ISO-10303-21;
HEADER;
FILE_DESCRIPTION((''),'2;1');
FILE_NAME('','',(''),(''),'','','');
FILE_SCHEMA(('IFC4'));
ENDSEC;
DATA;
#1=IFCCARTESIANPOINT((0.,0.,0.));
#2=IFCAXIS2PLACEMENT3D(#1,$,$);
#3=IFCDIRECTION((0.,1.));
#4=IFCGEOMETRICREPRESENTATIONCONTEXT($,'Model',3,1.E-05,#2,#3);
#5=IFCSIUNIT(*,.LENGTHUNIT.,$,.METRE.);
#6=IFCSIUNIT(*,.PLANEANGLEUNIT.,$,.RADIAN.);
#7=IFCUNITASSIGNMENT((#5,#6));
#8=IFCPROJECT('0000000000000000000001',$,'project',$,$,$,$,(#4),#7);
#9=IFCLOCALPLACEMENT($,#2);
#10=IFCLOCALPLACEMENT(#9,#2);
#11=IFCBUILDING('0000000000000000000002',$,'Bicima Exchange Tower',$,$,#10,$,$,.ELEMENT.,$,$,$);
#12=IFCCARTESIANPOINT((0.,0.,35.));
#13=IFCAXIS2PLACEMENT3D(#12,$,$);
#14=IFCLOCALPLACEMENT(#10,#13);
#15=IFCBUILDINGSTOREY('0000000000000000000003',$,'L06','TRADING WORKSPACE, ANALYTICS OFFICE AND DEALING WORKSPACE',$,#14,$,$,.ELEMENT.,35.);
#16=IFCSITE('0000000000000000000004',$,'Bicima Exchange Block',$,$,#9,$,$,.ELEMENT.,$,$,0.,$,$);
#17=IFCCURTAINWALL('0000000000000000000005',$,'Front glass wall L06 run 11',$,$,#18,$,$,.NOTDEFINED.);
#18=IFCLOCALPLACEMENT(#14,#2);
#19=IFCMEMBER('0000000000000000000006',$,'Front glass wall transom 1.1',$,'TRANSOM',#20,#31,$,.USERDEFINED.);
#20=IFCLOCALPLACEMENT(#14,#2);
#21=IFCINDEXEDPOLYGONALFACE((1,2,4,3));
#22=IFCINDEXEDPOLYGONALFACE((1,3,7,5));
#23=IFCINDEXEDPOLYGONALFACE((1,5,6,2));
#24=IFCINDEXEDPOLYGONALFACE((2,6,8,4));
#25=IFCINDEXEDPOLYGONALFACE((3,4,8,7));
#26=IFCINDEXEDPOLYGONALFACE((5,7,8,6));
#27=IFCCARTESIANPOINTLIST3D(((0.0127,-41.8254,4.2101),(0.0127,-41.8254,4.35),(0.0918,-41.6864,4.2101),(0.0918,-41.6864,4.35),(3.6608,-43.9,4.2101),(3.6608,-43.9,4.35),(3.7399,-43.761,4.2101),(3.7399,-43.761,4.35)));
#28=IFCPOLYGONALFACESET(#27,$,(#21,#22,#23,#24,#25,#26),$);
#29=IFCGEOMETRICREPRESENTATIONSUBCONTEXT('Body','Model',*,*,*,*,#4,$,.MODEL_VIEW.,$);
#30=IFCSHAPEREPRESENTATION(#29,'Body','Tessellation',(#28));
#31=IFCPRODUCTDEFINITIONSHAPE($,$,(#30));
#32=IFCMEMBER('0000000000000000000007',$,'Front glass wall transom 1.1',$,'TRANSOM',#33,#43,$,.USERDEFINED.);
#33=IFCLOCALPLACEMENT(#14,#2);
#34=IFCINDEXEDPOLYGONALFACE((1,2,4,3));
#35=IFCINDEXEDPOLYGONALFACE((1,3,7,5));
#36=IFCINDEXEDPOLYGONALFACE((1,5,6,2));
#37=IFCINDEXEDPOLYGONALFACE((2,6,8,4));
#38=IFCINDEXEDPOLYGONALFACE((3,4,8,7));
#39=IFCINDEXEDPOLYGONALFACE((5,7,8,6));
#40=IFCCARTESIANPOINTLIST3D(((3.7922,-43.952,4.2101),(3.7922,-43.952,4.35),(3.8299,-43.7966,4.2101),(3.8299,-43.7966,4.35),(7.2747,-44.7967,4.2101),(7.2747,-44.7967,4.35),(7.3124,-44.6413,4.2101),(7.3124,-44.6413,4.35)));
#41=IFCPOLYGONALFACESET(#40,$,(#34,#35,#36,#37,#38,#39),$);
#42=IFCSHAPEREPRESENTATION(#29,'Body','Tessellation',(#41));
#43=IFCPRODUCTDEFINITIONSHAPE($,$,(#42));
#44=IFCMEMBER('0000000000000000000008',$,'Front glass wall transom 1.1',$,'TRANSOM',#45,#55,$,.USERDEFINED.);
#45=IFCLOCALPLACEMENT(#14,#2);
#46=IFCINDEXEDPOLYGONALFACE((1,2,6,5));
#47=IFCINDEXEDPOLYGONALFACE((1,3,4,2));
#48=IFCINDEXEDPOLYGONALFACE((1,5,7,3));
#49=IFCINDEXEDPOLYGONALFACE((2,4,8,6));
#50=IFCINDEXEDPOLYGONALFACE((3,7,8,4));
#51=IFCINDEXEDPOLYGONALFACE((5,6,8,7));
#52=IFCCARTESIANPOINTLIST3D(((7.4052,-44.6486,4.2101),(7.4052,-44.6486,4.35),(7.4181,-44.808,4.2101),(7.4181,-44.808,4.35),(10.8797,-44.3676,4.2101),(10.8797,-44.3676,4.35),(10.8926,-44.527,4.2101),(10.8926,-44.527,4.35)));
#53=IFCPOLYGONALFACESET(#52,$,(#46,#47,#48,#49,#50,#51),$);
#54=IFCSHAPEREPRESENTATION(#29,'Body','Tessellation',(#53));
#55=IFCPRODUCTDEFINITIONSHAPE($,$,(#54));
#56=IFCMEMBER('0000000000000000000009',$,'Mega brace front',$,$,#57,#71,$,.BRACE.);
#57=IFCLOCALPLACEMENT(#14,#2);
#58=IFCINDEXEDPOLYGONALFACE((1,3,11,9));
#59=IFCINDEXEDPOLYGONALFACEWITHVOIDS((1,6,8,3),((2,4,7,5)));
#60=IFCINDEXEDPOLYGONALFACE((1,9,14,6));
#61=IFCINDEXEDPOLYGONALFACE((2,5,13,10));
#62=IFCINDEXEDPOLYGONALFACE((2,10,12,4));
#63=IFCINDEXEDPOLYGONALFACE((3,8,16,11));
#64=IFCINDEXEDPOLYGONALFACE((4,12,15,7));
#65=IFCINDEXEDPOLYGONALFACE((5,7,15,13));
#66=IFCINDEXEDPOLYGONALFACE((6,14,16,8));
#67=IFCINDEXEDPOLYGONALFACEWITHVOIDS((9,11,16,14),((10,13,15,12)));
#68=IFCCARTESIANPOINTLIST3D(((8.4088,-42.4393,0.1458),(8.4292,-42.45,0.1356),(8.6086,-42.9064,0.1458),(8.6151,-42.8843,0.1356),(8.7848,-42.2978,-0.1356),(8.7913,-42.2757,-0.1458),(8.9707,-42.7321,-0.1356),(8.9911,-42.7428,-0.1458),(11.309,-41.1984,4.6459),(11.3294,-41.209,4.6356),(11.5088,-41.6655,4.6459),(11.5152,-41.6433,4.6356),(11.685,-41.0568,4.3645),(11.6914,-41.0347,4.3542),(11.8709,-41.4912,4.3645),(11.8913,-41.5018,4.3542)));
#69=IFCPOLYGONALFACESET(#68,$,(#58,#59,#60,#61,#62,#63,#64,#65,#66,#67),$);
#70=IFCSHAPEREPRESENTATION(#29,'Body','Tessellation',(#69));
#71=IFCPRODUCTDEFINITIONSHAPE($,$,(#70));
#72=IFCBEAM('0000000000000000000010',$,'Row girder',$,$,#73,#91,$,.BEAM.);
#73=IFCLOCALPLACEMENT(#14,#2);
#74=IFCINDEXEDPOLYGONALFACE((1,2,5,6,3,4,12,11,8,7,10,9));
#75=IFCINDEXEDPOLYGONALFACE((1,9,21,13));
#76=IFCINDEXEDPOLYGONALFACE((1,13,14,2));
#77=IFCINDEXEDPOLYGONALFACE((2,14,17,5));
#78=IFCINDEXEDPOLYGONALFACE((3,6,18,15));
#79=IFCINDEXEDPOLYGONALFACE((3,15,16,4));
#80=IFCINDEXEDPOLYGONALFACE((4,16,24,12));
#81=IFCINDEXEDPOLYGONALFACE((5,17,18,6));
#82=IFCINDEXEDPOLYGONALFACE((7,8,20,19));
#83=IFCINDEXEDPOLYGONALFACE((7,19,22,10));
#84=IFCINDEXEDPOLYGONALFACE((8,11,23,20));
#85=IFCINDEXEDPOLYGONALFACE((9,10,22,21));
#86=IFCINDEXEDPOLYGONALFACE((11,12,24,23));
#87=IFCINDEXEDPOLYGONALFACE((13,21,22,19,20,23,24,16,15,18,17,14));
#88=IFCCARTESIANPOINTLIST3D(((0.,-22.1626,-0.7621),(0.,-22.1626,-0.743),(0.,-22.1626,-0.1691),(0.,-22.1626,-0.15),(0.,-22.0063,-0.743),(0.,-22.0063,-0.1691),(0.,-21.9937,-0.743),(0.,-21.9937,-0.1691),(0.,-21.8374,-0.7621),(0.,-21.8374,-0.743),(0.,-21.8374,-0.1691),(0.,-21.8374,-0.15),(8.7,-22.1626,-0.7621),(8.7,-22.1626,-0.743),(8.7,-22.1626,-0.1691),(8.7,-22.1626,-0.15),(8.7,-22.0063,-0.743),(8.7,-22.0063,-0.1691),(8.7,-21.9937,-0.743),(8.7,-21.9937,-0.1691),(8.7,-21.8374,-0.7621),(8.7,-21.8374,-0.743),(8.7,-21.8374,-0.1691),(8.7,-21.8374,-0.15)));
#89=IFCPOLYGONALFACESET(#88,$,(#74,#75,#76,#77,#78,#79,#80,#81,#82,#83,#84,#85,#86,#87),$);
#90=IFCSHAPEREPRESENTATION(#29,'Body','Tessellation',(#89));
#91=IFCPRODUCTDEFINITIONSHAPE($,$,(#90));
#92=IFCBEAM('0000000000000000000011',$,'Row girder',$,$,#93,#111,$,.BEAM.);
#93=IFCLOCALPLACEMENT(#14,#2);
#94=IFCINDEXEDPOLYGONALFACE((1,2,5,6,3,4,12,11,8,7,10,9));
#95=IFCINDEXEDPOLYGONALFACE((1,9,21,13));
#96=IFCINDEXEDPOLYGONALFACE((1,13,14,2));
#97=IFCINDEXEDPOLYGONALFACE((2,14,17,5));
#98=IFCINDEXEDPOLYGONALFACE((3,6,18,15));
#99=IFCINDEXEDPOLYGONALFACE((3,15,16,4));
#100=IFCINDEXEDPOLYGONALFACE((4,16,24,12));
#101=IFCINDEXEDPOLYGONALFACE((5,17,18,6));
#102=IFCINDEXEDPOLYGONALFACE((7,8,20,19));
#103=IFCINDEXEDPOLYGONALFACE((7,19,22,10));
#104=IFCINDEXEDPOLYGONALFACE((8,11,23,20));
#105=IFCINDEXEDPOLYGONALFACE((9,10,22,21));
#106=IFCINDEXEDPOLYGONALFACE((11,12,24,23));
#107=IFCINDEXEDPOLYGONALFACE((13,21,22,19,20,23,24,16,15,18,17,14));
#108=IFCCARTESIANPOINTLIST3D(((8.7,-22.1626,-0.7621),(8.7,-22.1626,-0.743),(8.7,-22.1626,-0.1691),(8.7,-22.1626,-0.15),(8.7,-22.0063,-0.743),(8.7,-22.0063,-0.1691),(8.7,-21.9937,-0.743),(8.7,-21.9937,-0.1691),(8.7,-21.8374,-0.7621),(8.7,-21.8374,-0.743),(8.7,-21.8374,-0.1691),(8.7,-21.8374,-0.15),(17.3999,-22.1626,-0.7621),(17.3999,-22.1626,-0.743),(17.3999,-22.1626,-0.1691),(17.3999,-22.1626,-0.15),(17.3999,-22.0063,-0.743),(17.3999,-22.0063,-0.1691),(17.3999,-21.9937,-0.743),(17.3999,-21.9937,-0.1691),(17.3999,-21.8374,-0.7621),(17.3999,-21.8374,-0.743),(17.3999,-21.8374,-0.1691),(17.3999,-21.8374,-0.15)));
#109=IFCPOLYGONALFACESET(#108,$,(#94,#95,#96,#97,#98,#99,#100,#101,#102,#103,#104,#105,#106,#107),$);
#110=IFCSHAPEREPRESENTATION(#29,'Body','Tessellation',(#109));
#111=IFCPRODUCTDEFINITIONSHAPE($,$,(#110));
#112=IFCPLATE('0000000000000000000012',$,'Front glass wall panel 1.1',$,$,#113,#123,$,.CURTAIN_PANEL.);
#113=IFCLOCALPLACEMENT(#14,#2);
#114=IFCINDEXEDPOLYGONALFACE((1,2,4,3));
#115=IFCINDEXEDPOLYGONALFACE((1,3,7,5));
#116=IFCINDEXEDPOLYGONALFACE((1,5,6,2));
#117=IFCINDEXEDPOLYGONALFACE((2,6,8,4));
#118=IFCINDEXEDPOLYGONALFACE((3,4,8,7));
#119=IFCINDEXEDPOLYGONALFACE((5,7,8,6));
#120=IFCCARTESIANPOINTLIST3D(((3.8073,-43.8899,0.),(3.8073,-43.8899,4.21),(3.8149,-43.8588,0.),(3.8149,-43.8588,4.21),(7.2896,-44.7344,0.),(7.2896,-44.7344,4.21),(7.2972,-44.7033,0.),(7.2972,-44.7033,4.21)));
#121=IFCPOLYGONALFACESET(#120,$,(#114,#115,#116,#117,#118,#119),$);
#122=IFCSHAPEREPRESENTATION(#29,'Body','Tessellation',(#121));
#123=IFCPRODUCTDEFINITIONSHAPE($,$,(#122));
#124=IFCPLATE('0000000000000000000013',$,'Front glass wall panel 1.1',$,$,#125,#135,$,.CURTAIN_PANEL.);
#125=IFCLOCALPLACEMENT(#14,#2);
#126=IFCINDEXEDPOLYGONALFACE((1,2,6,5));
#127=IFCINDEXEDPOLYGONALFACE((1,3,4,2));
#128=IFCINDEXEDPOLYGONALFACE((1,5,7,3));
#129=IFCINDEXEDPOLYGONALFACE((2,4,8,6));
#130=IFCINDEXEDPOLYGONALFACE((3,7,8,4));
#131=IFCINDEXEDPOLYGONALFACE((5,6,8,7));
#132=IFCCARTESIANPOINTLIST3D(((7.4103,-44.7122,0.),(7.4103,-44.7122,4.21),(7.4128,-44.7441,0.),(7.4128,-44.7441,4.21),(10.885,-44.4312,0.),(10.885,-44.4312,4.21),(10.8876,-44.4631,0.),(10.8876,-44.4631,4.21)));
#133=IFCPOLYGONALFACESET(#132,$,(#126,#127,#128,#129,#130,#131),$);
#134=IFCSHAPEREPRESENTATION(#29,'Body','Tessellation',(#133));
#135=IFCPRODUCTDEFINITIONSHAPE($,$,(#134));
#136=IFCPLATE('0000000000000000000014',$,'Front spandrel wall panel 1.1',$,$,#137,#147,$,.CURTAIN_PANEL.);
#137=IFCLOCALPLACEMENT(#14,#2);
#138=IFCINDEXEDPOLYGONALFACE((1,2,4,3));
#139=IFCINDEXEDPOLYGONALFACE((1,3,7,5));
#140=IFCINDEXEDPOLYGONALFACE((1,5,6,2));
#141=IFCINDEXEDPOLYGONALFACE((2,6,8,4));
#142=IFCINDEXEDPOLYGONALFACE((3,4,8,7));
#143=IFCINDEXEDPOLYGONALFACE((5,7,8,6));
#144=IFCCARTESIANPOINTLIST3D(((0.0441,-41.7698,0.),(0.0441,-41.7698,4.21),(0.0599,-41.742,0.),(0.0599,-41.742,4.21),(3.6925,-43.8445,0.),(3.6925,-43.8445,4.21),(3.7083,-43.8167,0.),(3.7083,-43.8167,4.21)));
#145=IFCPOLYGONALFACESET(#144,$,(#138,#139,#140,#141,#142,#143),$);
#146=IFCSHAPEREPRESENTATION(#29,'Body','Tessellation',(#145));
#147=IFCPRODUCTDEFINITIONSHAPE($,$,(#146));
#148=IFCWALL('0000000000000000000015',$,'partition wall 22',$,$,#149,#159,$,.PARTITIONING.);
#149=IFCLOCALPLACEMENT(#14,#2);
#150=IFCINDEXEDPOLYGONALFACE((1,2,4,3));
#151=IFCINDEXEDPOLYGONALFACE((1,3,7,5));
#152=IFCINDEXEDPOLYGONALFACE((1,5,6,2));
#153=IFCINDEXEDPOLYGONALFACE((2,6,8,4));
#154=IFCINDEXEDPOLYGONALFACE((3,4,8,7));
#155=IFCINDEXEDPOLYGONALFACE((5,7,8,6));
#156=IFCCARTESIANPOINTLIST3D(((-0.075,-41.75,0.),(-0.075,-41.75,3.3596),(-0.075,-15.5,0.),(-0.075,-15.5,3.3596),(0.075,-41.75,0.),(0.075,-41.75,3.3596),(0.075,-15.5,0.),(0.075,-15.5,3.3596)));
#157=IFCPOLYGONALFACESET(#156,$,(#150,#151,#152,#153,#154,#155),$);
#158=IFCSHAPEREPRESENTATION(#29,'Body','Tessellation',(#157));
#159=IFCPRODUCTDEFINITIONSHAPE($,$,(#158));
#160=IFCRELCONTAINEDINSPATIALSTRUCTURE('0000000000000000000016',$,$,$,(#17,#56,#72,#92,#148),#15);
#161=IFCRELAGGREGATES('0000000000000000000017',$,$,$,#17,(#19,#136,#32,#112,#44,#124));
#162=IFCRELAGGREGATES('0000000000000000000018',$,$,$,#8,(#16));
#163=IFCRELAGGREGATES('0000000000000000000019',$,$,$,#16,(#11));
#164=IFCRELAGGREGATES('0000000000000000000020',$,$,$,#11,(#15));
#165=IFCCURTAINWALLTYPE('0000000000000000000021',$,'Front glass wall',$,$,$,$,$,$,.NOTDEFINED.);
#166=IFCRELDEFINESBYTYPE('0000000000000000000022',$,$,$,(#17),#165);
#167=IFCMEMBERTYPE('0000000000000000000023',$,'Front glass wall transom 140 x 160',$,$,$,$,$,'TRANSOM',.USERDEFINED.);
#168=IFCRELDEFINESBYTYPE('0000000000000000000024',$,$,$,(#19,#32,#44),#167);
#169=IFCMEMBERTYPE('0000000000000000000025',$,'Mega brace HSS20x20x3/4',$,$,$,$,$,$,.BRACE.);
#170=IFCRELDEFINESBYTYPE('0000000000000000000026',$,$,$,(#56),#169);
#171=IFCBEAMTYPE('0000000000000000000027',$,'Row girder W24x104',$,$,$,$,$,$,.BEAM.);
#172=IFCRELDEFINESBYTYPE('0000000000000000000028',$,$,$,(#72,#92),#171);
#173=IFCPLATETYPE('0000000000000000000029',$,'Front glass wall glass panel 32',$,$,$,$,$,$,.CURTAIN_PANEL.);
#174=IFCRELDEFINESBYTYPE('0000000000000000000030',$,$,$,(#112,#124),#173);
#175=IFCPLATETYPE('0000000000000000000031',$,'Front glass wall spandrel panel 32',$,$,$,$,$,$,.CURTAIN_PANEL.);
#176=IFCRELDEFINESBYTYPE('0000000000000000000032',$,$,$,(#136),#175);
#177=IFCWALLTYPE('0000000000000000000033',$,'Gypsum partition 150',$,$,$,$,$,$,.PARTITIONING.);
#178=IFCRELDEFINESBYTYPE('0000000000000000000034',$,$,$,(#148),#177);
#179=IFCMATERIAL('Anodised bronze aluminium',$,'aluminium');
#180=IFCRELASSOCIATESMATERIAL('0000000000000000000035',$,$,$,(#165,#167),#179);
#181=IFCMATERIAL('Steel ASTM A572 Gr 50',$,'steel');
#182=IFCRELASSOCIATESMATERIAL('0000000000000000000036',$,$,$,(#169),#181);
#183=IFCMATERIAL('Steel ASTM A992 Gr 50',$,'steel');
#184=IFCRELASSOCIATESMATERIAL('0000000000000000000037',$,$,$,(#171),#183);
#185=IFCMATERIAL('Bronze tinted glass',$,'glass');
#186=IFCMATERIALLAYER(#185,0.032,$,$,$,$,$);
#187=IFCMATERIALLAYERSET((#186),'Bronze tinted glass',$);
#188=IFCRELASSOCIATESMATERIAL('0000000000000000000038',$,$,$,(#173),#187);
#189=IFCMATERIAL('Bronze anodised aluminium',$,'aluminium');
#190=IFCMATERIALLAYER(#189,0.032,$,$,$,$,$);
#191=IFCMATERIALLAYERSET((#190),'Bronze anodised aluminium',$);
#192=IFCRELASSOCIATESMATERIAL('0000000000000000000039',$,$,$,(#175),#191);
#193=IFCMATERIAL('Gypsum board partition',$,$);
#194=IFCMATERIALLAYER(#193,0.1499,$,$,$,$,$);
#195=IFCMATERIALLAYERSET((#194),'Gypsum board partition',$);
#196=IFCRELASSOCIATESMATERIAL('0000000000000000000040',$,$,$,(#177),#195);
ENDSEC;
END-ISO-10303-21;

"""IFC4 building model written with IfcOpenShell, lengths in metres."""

from ifc_helpers import new_model, si_unit, direction, frame, frame_2d, origin, origin_2d, place, context, subcontext, project, spatial, rectangle, hollow_rectangle, i_section, extrude, material, layer, layer_set, material_profile, profile_set, type_object, element, aggregate, save


model = new_model("IFC4")

# Units and contexts
model_context = context("Model", 3, precision=1e-05, world=origin(), true_north=direction((0.0, 1.0)))
body_context = subcontext(model_context, "Body", "Model", "MODEL_VIEW")
ifc_project = project(units=[si_unit("LENGTHUNIT", "METRE"), si_unit("PLANEANGLEUNIT", "RADIAN")], contexts=[model_context])

# Site, building, storey
site_placement = place(None, origin())
site = spatial("IfcSite", under=ifc_project, at=site_placement, Name="Bicima Exchange Block", CompositionType="ELEMENT", RefElevation=0.0)
building_placement = place(site_placement, origin())
building = spatial("IfcBuilding", under=site, at=building_placement, Name="Bicima Exchange Tower", CompositionType="ELEMENT")
storey_placement = place(building_placement, frame((0.0, 0.0, 35.0)))
storey = spatial("IfcBuildingStorey", under=building, at=storey_placement, Name="L06", Description="TRADING WORKSPACE, ANALYTICS OFFICE AND DEALING WORKSPACE", CompositionType="ELEMENT", Elevation=35.0)

# Shared definitions
ifc_material_1 = material(Name="Steel ASTM A992 Gr 50", Category="steel")

# Shared definitions
ifc_material_2 = material(Name="Steel ASTM A572 Gr 50", Category="steel")

# Curtain wall, members
ifc_material_3 = material(Name="Anodised bronze aluminium", Category="aluminium")
curtain_wall_type = type_object("IfcCurtainWallType", Name="Front glass wall", PredefinedType="NOTDEFINED", material=ifc_material_3)
curtain_wall_placement = place(storey_placement, origin())
curtain_wall = element("IfcCurtainWall", 1, at=curtain_wall_placement, inside=storey, type_object=curtain_wall_type, Name="Front glass wall L06 run 11", PredefinedType="NOTDEFINED")
ifc_material_profile_1 = material_profile(ifc_material_3, rectangle(XDim=0.1599, YDim=0.1399, at=origin_2d()))
ifc_profile_set_1 = profile_set([ifc_material_profile_1], Name="Anodised bronze aluminium")
member_type_1 = type_object("IfcMemberType", Name="Front glass wall transom 140 x 160", ElementType="TRANSOM", PredefinedType="USERDEFINED", material=ifc_profile_set_1)
member_1_placement = place(storey_placement, frame((0.0522, -41.7559, 4.28), z_axis=(0.869265, -0.494346, 0.0), x_axis=(0.494346, 0.869265, 0.0)))
member_1 = element("IfcMember", 2, at=member_1_placement, type_object=member_type_1, Name="Front glass wall transom 1.1", ObjectType="TRANSOM", PredefinedType="USERDEFINED", context=body_context, shape_type="SweptSolid", body=[
    extrude(rectangle(XDim=0.1599, YDim=0.1399, at=origin_2d()), origin(), (0.0, 0.0, 1.0), 4.1968),
])
member_2_placement = place(storey_placement, frame((3.811, -43.8743, 4.28), z_axis=(0.971818, -0.235733, 0.0), x_axis=(0.235733, 0.971818, 0.0)))
member_2 = element("IfcMember", 3, at=member_2_placement, type_object=member_type_1, Name="Front glass wall transom 1.1", ObjectType="TRANSOM", PredefinedType="USERDEFINED", context=body_context, shape_type="SweptSolid", body=[
    extrude(rectangle(XDim=0.1599, YDim=0.1399, at=origin_2d()), origin(), (0.0, 0.0, 1.0), 3.5835),
])
member_3_placement = place(storey_placement, frame((7.4116, -44.7283, 4.28), z_axis=(0.996746, 0.080611, 0.0), x_axis=(-0.080611, 0.996746, 0.0)))
member_3 = element("IfcMember", 4, at=member_3_placement, type_object=member_type_1, Name="Front glass wall transom 1.1", ObjectType="TRANSOM", PredefinedType="USERDEFINED", context=body_context, shape_type="SweptSolid", body=[
    extrude(rectangle(XDim=0.1599, YDim=0.1399, at=origin_2d()), origin(), (0.0, 0.0, 1.0), 3.4858),
])

# Member
ifc_material_profile_2 = material_profile(ifc_material_2, hollow_rectangle(XDim=0.5081, YDim=0.5081, WallThickness=0.0178, at=origin_2d()))
ifc_profile_set_2 = profile_set([ifc_material_profile_2], Name="Steel ASTM A572 Gr 50")
member_type_2 = type_object("IfcMemberType", Name="Mega brace HSS20x20x3/4", PredefinedType="BRACE", material=ifc_profile_set_2)
member_4_placement = place(storey_placement, frame((8.7, -42.5911, 0.0), z_axis=(0.527728, 0.225814, 0.818847), x_axis=(-0.393396, 0.919369, 0.0)))
element("IfcMember", 5, at=member_4_placement, inside=storey, type_object=member_type_2, Name="Mega brace front", PredefinedType="BRACE", context=body_context, shape_type="SweptSolid", body=[
    extrude(hollow_rectangle(XDim=0.5081, YDim=0.5081, WallThickness=0.0178, at=origin_2d()), origin(), (0.0, 0.0, 1.0), 5.4956),
])

# Beams
ifc_material_profile_3 = material_profile(ifc_material_1, i_section(OverallWidth=0.3252, OverallDepth=0.6121, WebThickness=0.0127, FlangeThickness=0.019, at=origin_2d()))
ifc_profile_set_3 = profile_set([ifc_material_profile_3], Name="Steel ASTM A992 Gr 50")
beam_type_1 = type_object("IfcBeamType", Name="Row girder W24x104", PredefinedType="BEAM", material=ifc_profile_set_3)
for number, where, z_axis, x_axis, name in (
    (6, (0.0, -22.0, -0.4561), (1.0, 0.0, 0.0), (0.0, 1.0, 0.0), "Row girder"),
    (7, (8.7, -22.0, -0.4561), (1.0, 0.0, 0.0), (0.0, 1.0, 0.0), "Row girder"),
):
    element("IfcBeam", number, at=place(storey_placement, frame(where, z_axis=z_axis, x_axis=x_axis)), inside=storey, type_object=beam_type_1, Name=name, PredefinedType="BEAM", context=body_context, shape_type="SweptSolid", body=[
        extrude(i_section(OverallWidth=0.3252, OverallDepth=0.6121, WebThickness=0.0127, FlangeThickness=0.019, at=origin_2d()), origin(), (0.0, 0.0, 1.0), 8.7),
    ])

# Plates
ifc_material_4 = material(Name="Bronze tinted glass", Category="glass")
ifc_layer_1 = layer(ifc_material_4, 0.032)
ifc_layer_set_1 = layer_set([ifc_layer_1], Name="Bronze tinted glass")
plate_type_1 = type_object("IfcPlateType", Name="Front glass wall glass panel 32", PredefinedType="CURTAIN_PANEL", material=ifc_layer_set_1)
plate_1_placement = place(storey_placement, frame((5.5522, -44.2966, 0.0), z_axis=(0.0, 0.0, 1.0), x_axis=(0.97183, -0.235682, 0.0)))
plate_1 = element("IfcPlate", 8, at=plate_1_placement, type_object=plate_type_1, Name="Front glass wall panel 1.1", PredefinedType="CURTAIN_PANEL", context=body_context, shape_type="SweptSolid", body=[
    extrude(rectangle(XDim=3.5833, YDim=0.032, at=origin_2d()), origin(), (0.0, 0.0, 1.0), 4.21),
])
plate_2_placement = place(storey_placement, frame((9.1489, -44.5876, 0.0), z_axis=(0.0, 0.0, 1.0), x_axis=(0.996747, 0.080589, 0.0)))
plate_2 = element("IfcPlate", 9, at=plate_2_placement, type_object=plate_type_1, Name="Front glass wall panel 1.1", PredefinedType="CURTAIN_PANEL", context=body_context, shape_type="SweptSolid", body=[
    extrude(rectangle(XDim=3.4861, YDim=0.032, at=origin_2d()), origin(), (0.0, 0.0, 1.0), 4.21),
])
ifc_material_5 = material(Name="Bronze anodised aluminium", Category="aluminium")
ifc_layer_2 = layer(ifc_material_5, 0.032)
ifc_layer_set_2 = layer_set([ifc_layer_2], Name="Bronze anodised aluminium")
plate_type_2 = type_object("IfcPlateType", Name="Front glass wall spandrel panel 32", PredefinedType="CURTAIN_PANEL", material=ifc_layer_set_2)
plate_3_placement = place(storey_placement, frame((1.8762, -42.7932, 0.0), z_axis=(0.0, 0.0, 1.0), x_axis=(0.869274, -0.49433, 0.0)))
plate_3 = element("IfcPlate", 10, at=plate_3_placement, type_object=plate_type_2, Name="Front spandrel wall panel 1.1", PredefinedType="CURTAIN_PANEL", context=body_context, shape_type="SweptSolid", body=[
    extrude(rectangle(XDim=4.197, YDim=0.032, at=origin_2d()), origin(), (0.0, 0.0, 1.0), 4.21),
])
aggregate(curtain_wall, [member_1, plate_3, member_2, plate_1, member_3, plate_2])

# Wall
ifc_material_6 = material(Name="Gypsum board partition")
ifc_layer_3 = layer(ifc_material_6, 0.1499)
ifc_layer_set_3 = layer_set([ifc_layer_3], Name="Gypsum board partition")
wall_type = type_object("IfcWallType", Name="Gypsum partition 150", PredefinedType="PARTITIONING", material=ifc_layer_set_3)
wall_placement = place(storey_placement, frame((0.0, -41.75, 0.0), z_axis=(0.0, 0.0, 1.0), x_axis=(0.0, 1.0, 0.0)))
element("IfcWall", 11, at=wall_placement, inside=storey, type_object=wall_type, Name="partition wall 22", PredefinedType="PARTITIONING", context=body_context, shape_type="SweptSolid", body=[
    extrude(rectangle(XDim=26.25, YDim=0.1499, at=frame_2d((13.125, 0.0))), origin(), (0.0, 0.0, 1.0), 3.3596),
])

save(model, "model.ifc")
